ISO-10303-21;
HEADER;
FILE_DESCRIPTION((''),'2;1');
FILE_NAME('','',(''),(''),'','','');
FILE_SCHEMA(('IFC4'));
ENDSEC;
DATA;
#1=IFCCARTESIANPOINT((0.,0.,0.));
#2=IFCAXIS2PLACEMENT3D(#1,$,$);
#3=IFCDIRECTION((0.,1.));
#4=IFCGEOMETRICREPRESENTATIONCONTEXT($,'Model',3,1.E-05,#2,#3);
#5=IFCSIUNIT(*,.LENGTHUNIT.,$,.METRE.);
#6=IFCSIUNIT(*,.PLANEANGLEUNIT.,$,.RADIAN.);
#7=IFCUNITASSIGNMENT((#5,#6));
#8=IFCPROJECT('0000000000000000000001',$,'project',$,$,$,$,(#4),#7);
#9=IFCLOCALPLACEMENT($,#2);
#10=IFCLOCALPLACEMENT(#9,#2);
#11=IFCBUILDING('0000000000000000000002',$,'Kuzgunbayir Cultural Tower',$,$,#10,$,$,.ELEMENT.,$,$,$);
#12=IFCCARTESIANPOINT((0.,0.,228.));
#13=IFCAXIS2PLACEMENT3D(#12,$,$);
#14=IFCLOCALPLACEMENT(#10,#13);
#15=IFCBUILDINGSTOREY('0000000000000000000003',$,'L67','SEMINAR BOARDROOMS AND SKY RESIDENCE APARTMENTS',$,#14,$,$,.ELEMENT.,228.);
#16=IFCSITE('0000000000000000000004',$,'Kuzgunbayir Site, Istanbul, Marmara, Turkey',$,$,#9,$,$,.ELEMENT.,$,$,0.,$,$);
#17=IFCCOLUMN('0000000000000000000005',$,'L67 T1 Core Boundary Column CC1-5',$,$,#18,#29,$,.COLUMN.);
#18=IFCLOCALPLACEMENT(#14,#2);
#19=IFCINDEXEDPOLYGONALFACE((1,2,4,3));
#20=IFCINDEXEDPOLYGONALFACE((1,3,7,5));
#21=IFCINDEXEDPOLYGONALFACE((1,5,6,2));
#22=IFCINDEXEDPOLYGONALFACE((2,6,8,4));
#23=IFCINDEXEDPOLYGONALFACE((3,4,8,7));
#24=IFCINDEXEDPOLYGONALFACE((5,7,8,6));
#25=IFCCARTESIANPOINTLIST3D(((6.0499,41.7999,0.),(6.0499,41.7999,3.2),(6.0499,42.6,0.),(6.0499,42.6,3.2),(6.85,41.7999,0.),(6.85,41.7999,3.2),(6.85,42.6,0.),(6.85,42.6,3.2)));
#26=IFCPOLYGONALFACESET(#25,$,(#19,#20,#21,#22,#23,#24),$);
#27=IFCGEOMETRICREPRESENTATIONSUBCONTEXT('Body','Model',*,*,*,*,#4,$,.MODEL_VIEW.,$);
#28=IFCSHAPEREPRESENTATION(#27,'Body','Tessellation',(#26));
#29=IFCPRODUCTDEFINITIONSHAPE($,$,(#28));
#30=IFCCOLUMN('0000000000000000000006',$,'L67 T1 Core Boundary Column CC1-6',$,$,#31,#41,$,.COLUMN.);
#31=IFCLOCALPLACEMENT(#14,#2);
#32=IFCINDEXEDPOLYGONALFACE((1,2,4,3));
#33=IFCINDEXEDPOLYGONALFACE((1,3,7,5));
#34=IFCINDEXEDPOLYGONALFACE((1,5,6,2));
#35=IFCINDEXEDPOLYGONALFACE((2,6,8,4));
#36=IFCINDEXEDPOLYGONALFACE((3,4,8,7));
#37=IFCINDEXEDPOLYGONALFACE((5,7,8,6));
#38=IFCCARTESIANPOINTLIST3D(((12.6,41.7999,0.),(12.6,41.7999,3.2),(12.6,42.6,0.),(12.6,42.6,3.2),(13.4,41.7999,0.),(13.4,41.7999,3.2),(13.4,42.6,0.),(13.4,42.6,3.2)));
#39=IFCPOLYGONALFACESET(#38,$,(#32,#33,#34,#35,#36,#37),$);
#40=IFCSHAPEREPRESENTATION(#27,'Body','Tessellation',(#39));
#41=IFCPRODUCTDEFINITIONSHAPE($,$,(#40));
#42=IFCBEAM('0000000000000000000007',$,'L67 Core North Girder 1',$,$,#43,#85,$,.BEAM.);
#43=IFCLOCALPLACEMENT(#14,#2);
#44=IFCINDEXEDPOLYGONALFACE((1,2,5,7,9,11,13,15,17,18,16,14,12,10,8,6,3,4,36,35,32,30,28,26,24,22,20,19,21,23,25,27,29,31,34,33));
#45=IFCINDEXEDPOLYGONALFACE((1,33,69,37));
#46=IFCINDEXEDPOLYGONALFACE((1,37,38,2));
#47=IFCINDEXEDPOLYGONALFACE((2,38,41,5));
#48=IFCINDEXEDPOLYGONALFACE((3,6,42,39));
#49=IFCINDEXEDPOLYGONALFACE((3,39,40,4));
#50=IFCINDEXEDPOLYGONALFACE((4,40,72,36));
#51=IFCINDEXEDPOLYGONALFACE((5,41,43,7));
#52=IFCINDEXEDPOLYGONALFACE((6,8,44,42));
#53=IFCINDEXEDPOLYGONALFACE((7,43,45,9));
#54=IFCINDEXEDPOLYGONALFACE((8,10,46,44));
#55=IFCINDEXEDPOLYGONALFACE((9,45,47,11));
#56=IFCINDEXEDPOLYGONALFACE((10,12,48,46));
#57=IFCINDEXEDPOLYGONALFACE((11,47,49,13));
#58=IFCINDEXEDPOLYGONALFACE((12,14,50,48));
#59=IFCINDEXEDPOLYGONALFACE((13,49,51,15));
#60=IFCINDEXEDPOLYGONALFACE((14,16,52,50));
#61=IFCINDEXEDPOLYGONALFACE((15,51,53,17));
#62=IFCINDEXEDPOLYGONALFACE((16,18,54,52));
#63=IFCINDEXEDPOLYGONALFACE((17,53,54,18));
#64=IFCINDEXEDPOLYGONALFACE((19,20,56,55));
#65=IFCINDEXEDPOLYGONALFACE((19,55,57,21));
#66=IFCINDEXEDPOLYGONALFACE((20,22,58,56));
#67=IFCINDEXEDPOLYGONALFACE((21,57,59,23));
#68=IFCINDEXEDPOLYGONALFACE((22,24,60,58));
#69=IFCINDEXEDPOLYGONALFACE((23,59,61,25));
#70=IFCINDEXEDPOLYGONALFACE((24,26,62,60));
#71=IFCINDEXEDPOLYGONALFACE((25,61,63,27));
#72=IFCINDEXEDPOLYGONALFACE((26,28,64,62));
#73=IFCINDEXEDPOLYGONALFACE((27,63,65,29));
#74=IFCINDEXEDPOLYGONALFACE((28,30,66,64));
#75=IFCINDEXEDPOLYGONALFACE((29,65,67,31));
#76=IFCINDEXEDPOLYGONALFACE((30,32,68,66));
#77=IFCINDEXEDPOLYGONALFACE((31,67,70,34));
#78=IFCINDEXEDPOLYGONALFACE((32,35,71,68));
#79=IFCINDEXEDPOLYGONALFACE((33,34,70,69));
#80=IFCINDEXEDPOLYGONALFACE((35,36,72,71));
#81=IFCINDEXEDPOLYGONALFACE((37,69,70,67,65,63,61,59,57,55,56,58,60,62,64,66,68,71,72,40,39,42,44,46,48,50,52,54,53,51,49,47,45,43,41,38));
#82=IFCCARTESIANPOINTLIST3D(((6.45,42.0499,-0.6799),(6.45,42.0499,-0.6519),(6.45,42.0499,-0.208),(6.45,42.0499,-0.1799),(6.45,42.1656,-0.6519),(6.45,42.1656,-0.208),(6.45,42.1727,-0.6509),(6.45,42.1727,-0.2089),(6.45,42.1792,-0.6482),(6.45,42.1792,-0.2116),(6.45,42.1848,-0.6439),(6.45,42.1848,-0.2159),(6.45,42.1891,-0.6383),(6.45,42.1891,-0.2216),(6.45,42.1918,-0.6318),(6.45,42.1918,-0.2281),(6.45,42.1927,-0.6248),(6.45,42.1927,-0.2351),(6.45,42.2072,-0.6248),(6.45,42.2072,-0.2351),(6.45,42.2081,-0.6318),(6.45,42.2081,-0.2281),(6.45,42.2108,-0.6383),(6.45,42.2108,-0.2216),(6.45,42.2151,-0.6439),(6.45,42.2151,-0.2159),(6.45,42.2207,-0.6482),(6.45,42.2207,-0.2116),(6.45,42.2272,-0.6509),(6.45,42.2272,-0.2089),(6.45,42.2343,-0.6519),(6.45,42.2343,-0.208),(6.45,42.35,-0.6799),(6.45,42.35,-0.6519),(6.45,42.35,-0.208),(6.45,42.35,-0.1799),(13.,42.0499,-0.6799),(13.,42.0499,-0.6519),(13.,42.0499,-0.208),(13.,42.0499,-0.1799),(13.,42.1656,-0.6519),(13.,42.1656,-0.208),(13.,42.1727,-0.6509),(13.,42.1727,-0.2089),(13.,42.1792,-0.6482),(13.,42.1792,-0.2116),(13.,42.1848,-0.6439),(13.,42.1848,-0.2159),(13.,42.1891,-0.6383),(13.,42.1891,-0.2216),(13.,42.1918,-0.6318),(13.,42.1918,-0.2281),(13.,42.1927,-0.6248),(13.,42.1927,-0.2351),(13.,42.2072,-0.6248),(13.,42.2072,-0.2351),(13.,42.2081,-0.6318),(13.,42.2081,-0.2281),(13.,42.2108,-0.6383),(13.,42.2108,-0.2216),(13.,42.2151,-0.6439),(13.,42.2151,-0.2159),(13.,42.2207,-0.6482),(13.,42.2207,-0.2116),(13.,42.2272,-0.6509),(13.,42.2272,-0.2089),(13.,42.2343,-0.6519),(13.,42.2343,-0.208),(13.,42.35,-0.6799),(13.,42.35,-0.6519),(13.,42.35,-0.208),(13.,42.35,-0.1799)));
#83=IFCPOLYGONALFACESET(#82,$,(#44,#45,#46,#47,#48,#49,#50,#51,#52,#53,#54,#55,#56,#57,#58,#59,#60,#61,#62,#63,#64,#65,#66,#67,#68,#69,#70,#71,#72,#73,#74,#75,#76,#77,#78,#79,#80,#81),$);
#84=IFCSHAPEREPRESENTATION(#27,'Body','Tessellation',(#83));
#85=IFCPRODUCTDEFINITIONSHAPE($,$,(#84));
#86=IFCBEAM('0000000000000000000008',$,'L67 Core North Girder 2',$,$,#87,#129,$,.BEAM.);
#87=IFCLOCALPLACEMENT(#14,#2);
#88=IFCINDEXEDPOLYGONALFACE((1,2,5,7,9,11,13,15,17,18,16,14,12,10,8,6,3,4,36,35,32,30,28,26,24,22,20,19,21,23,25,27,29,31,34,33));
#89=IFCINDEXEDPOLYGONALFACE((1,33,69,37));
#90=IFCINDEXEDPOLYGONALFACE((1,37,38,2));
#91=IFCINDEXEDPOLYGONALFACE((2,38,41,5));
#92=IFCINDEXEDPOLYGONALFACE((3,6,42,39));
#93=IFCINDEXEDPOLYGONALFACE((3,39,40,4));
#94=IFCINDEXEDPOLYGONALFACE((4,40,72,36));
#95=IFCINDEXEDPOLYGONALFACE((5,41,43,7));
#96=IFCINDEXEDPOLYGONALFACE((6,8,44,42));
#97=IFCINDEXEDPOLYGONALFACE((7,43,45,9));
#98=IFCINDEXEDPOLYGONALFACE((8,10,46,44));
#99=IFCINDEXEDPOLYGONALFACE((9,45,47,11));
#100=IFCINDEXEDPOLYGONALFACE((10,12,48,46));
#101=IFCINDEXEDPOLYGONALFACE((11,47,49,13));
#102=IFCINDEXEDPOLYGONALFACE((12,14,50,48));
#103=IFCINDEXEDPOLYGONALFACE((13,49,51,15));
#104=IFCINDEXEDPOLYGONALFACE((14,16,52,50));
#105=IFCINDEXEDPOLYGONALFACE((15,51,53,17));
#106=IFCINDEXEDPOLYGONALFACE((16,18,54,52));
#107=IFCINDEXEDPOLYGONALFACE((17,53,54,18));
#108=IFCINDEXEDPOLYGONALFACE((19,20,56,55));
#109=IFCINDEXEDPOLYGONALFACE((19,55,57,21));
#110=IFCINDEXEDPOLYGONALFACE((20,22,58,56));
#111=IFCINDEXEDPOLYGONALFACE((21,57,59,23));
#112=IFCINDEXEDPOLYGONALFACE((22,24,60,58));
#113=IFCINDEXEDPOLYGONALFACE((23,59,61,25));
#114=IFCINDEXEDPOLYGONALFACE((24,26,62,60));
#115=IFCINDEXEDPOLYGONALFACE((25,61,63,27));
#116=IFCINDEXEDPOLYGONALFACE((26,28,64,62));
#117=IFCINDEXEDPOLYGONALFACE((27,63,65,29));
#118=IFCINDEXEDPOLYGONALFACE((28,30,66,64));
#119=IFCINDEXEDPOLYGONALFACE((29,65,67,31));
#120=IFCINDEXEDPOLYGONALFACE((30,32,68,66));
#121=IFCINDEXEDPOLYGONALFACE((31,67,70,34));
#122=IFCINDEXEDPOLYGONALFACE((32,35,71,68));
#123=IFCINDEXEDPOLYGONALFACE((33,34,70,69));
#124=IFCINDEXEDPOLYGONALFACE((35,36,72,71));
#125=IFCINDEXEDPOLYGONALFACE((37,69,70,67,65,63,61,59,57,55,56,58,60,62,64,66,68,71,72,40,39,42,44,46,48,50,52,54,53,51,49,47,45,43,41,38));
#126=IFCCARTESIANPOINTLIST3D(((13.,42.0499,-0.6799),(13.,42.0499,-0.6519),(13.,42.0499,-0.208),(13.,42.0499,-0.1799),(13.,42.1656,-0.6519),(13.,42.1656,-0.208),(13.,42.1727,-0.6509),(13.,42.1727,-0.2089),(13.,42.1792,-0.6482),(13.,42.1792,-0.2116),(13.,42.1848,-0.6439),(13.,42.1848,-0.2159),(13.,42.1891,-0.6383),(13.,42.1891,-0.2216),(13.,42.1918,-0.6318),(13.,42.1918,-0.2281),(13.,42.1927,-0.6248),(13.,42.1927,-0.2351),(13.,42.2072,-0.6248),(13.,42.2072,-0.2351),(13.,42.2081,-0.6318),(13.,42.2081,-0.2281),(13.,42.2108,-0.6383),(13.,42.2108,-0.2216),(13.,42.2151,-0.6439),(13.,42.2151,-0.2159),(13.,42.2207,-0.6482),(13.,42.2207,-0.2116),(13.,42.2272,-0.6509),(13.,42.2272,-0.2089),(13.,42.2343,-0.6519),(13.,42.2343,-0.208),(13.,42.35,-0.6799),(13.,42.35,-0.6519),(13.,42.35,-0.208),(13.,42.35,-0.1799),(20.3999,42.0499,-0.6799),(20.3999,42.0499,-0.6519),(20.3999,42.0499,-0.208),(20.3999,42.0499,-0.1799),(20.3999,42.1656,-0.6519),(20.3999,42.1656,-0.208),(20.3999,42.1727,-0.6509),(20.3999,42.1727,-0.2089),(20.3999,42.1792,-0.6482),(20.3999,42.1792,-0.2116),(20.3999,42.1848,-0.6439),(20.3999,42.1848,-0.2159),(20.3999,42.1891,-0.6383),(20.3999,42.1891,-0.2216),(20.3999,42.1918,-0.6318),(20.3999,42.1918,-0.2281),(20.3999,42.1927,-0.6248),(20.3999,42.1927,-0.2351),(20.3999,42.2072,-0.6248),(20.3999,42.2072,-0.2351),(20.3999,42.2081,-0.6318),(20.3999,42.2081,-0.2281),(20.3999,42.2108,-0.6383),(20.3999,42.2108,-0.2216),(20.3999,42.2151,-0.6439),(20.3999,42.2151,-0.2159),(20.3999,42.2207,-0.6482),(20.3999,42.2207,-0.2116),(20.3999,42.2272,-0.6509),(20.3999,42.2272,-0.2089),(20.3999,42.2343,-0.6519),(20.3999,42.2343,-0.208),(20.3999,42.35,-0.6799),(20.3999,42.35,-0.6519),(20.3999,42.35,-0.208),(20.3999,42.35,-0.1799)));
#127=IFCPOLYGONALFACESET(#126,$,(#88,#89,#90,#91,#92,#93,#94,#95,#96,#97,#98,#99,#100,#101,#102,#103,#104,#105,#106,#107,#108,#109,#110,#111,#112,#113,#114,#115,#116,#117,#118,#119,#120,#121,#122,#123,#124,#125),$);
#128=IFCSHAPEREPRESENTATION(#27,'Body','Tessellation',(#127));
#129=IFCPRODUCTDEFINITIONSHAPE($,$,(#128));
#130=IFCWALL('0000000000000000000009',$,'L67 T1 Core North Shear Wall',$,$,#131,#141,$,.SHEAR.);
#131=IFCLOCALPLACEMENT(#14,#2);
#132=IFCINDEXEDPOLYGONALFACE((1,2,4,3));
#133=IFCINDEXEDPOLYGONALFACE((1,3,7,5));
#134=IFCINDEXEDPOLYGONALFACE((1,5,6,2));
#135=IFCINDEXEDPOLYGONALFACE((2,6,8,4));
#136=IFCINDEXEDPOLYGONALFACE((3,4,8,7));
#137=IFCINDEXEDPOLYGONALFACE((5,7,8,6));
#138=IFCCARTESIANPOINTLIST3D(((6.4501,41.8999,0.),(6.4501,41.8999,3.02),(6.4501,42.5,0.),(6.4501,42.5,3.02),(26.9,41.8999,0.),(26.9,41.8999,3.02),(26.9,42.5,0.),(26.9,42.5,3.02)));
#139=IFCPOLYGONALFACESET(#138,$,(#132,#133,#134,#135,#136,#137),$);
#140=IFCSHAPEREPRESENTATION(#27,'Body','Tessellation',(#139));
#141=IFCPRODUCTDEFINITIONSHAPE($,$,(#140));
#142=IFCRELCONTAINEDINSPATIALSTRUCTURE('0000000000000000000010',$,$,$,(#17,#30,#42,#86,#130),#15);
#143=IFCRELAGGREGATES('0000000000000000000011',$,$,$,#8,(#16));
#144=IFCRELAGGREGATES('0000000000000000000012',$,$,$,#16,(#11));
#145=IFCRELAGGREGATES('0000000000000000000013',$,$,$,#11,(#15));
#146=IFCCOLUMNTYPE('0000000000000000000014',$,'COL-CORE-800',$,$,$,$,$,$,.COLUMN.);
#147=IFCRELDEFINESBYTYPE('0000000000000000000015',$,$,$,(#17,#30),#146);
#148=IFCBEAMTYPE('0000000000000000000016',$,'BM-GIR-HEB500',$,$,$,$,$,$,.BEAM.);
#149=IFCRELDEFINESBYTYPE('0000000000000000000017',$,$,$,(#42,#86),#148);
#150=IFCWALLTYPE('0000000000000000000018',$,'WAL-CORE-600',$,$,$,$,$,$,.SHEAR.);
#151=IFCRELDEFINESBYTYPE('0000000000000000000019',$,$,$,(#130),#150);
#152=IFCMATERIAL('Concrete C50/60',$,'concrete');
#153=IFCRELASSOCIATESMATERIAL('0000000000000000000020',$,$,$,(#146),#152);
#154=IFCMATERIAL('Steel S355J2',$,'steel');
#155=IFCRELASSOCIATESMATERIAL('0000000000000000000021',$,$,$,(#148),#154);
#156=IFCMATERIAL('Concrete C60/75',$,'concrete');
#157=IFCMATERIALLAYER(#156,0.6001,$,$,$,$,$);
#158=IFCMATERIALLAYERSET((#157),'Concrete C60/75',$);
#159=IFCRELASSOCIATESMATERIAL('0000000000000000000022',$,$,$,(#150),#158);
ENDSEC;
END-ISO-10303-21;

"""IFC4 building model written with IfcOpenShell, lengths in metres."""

from ifc_helpers import new_model, si_unit, direction, frame, frame_2d, origin, origin_2d, place, context, subcontext, project, spatial, rectangle, i_section, extrude, material, layer, layer_set, material_profile, profile_set, type_object, element, save


model = new_model("IFC4")

# Units and contexts
model_context = context("Model", 3, precision=1e-05, world=origin(), true_north=direction((0.0, 1.0)))
body_context = subcontext(model_context, "Body", "Model", "MODEL_VIEW")
ifc_project = project(units=[si_unit("LENGTHUNIT", "METRE"), si_unit("PLANEANGLEUNIT", "RADIAN")], contexts=[model_context])

# Site, building, storey
site_placement = place(None, origin())
site = spatial("IfcSite", under=ifc_project, at=site_placement, Name="Kuzgunbayir Site, Istanbul, Marmara, Turkey", CompositionType="ELEMENT", RefElevation=0.0)
building_placement = place(site_placement, origin())
building = spatial("IfcBuilding", under=site, at=building_placement, Name="Kuzgunbayir Cultural Tower", CompositionType="ELEMENT")
storey_placement = place(building_placement, frame((0.0, 0.0, 228.0)))
storey = spatial("IfcBuildingStorey", under=building, at=storey_placement, Name="L67", Description="SEMINAR BOARDROOMS AND SKY RESIDENCE APARTMENTS", CompositionType="ELEMENT", Elevation=228.0)

# Columns
ifc_material_1 = material(Name="Concrete C50/60", Category="concrete")
ifc_material_profile_1 = material_profile(ifc_material_1, rectangle(XDim=0.8, YDim=0.8, at=origin_2d()), Name="RC 800x800")
ifc_profile_set_1 = profile_set([ifc_material_profile_1], Name="Concrete C50/60")
column_type = type_object("IfcColumnType", Name="COL-CORE-800", PredefinedType="COLUMN", material=ifc_profile_set_1)
for number, where, z_axis, x_axis, name in (
    (1, (6.45, 42.2, 0.0), (0.0, 0.0, 1.0), (1.0, 0.0, 0.0), "L67 T1 Core Boundary Column CC1-5"),
    (2, (13.0, 42.2, 0.0), (0.0, 0.0, 1.0), (1.0, 0.0, 0.0), "L67 T1 Core Boundary Column CC1-6"),
):
    element("IfcColumn", number, at=place(storey_placement, frame(where, z_axis=z_axis, x_axis=x_axis)), inside=storey, type_object=column_type, Name=name, PredefinedType="COLUMN", context=body_context, shape_type="SweptSolid", body=[
        extrude(rectangle(XDim=0.8, YDim=0.8, at=origin_2d()), origin(), (0.0, 0.0, 1.0), 3.2),
    ])

# Beams
ifc_material_2 = material(Name="Steel S355J2", Category="steel")
ifc_material_profile_2 = material_profile(ifc_material_2, i_section(OverallWidth=0.3, OverallDepth=0.5, WebThickness=0.0144, FlangeThickness=0.0281, FilletRadius=0.0271, at=origin_2d()), Name="HEB 500")
ifc_profile_set_2 = profile_set([ifc_material_profile_2], Name="Steel S355J2")
beam_type = type_object("IfcBeamType", Name="BM-GIR-HEB500", PredefinedType="BEAM", material=ifc_profile_set_2)
beam_1_placement = place(storey_placement, frame((6.45, 42.2, -0.4299), z_axis=(1.0, 0.0, 0.0), x_axis=(0.0, 1.0, 0.0)))
element("IfcBeam", 3, at=beam_1_placement, inside=storey, type_object=beam_type, Name="L67 Core North Girder 1", PredefinedType="BEAM", context=body_context, shape_type="SweptSolid", body=[
    extrude(i_section(OverallWidth=0.3, OverallDepth=0.5, WebThickness=0.0144, FlangeThickness=0.0281, FilletRadius=0.0271, at=origin_2d()), origin(), (0.0, 0.0, 1.0), 6.55),
])
beam_2_placement = place(storey_placement, frame((13.0, 42.2, -0.4299), z_axis=(1.0, 0.0, 0.0), x_axis=(0.0, 1.0, 0.0)))
element("IfcBeam", 4, at=beam_2_placement, inside=storey, type_object=beam_type, Name="L67 Core North Girder 2", PredefinedType="BEAM", context=body_context, shape_type="SweptSolid", body=[
    extrude(i_section(OverallWidth=0.3, OverallDepth=0.5, WebThickness=0.0144, FlangeThickness=0.0281, FilletRadius=0.0271, at=origin_2d()), origin(), (0.0, 0.0, 1.0), 7.3999),
])

# Wall
ifc_material_3 = material(Name="Concrete C60/75", Category="concrete")
ifc_layer_1 = layer(ifc_material_3, 0.6001)
ifc_layer_set_1 = layer_set([ifc_layer_1], Name="Concrete C60/75")
wall_type_1 = type_object("IfcWallType", Name="WAL-CORE-600", PredefinedType="SHEAR", material=ifc_layer_set_1)
wall_1_placement = place(storey_placement, frame((6.45, 42.2, 0.0), z_axis=(0.0, 0.0, 1.0), x_axis=(1.0, 0.0, 0.0)))
element("IfcWall", 5, at=wall_1_placement, inside=storey, type_object=wall_type_1, Name="L67 T1 Core North Shear Wall", PredefinedType="SHEAR", context=body_context, shape_type="SweptSolid", body=[
    extrude(rectangle(XDim=20.45, YDim=0.6001, at=frame_2d((10.2251, 0.0))), origin(), (0.0, 0.0, 1.0), 3.02),
])

save(model, "model.ifc")
